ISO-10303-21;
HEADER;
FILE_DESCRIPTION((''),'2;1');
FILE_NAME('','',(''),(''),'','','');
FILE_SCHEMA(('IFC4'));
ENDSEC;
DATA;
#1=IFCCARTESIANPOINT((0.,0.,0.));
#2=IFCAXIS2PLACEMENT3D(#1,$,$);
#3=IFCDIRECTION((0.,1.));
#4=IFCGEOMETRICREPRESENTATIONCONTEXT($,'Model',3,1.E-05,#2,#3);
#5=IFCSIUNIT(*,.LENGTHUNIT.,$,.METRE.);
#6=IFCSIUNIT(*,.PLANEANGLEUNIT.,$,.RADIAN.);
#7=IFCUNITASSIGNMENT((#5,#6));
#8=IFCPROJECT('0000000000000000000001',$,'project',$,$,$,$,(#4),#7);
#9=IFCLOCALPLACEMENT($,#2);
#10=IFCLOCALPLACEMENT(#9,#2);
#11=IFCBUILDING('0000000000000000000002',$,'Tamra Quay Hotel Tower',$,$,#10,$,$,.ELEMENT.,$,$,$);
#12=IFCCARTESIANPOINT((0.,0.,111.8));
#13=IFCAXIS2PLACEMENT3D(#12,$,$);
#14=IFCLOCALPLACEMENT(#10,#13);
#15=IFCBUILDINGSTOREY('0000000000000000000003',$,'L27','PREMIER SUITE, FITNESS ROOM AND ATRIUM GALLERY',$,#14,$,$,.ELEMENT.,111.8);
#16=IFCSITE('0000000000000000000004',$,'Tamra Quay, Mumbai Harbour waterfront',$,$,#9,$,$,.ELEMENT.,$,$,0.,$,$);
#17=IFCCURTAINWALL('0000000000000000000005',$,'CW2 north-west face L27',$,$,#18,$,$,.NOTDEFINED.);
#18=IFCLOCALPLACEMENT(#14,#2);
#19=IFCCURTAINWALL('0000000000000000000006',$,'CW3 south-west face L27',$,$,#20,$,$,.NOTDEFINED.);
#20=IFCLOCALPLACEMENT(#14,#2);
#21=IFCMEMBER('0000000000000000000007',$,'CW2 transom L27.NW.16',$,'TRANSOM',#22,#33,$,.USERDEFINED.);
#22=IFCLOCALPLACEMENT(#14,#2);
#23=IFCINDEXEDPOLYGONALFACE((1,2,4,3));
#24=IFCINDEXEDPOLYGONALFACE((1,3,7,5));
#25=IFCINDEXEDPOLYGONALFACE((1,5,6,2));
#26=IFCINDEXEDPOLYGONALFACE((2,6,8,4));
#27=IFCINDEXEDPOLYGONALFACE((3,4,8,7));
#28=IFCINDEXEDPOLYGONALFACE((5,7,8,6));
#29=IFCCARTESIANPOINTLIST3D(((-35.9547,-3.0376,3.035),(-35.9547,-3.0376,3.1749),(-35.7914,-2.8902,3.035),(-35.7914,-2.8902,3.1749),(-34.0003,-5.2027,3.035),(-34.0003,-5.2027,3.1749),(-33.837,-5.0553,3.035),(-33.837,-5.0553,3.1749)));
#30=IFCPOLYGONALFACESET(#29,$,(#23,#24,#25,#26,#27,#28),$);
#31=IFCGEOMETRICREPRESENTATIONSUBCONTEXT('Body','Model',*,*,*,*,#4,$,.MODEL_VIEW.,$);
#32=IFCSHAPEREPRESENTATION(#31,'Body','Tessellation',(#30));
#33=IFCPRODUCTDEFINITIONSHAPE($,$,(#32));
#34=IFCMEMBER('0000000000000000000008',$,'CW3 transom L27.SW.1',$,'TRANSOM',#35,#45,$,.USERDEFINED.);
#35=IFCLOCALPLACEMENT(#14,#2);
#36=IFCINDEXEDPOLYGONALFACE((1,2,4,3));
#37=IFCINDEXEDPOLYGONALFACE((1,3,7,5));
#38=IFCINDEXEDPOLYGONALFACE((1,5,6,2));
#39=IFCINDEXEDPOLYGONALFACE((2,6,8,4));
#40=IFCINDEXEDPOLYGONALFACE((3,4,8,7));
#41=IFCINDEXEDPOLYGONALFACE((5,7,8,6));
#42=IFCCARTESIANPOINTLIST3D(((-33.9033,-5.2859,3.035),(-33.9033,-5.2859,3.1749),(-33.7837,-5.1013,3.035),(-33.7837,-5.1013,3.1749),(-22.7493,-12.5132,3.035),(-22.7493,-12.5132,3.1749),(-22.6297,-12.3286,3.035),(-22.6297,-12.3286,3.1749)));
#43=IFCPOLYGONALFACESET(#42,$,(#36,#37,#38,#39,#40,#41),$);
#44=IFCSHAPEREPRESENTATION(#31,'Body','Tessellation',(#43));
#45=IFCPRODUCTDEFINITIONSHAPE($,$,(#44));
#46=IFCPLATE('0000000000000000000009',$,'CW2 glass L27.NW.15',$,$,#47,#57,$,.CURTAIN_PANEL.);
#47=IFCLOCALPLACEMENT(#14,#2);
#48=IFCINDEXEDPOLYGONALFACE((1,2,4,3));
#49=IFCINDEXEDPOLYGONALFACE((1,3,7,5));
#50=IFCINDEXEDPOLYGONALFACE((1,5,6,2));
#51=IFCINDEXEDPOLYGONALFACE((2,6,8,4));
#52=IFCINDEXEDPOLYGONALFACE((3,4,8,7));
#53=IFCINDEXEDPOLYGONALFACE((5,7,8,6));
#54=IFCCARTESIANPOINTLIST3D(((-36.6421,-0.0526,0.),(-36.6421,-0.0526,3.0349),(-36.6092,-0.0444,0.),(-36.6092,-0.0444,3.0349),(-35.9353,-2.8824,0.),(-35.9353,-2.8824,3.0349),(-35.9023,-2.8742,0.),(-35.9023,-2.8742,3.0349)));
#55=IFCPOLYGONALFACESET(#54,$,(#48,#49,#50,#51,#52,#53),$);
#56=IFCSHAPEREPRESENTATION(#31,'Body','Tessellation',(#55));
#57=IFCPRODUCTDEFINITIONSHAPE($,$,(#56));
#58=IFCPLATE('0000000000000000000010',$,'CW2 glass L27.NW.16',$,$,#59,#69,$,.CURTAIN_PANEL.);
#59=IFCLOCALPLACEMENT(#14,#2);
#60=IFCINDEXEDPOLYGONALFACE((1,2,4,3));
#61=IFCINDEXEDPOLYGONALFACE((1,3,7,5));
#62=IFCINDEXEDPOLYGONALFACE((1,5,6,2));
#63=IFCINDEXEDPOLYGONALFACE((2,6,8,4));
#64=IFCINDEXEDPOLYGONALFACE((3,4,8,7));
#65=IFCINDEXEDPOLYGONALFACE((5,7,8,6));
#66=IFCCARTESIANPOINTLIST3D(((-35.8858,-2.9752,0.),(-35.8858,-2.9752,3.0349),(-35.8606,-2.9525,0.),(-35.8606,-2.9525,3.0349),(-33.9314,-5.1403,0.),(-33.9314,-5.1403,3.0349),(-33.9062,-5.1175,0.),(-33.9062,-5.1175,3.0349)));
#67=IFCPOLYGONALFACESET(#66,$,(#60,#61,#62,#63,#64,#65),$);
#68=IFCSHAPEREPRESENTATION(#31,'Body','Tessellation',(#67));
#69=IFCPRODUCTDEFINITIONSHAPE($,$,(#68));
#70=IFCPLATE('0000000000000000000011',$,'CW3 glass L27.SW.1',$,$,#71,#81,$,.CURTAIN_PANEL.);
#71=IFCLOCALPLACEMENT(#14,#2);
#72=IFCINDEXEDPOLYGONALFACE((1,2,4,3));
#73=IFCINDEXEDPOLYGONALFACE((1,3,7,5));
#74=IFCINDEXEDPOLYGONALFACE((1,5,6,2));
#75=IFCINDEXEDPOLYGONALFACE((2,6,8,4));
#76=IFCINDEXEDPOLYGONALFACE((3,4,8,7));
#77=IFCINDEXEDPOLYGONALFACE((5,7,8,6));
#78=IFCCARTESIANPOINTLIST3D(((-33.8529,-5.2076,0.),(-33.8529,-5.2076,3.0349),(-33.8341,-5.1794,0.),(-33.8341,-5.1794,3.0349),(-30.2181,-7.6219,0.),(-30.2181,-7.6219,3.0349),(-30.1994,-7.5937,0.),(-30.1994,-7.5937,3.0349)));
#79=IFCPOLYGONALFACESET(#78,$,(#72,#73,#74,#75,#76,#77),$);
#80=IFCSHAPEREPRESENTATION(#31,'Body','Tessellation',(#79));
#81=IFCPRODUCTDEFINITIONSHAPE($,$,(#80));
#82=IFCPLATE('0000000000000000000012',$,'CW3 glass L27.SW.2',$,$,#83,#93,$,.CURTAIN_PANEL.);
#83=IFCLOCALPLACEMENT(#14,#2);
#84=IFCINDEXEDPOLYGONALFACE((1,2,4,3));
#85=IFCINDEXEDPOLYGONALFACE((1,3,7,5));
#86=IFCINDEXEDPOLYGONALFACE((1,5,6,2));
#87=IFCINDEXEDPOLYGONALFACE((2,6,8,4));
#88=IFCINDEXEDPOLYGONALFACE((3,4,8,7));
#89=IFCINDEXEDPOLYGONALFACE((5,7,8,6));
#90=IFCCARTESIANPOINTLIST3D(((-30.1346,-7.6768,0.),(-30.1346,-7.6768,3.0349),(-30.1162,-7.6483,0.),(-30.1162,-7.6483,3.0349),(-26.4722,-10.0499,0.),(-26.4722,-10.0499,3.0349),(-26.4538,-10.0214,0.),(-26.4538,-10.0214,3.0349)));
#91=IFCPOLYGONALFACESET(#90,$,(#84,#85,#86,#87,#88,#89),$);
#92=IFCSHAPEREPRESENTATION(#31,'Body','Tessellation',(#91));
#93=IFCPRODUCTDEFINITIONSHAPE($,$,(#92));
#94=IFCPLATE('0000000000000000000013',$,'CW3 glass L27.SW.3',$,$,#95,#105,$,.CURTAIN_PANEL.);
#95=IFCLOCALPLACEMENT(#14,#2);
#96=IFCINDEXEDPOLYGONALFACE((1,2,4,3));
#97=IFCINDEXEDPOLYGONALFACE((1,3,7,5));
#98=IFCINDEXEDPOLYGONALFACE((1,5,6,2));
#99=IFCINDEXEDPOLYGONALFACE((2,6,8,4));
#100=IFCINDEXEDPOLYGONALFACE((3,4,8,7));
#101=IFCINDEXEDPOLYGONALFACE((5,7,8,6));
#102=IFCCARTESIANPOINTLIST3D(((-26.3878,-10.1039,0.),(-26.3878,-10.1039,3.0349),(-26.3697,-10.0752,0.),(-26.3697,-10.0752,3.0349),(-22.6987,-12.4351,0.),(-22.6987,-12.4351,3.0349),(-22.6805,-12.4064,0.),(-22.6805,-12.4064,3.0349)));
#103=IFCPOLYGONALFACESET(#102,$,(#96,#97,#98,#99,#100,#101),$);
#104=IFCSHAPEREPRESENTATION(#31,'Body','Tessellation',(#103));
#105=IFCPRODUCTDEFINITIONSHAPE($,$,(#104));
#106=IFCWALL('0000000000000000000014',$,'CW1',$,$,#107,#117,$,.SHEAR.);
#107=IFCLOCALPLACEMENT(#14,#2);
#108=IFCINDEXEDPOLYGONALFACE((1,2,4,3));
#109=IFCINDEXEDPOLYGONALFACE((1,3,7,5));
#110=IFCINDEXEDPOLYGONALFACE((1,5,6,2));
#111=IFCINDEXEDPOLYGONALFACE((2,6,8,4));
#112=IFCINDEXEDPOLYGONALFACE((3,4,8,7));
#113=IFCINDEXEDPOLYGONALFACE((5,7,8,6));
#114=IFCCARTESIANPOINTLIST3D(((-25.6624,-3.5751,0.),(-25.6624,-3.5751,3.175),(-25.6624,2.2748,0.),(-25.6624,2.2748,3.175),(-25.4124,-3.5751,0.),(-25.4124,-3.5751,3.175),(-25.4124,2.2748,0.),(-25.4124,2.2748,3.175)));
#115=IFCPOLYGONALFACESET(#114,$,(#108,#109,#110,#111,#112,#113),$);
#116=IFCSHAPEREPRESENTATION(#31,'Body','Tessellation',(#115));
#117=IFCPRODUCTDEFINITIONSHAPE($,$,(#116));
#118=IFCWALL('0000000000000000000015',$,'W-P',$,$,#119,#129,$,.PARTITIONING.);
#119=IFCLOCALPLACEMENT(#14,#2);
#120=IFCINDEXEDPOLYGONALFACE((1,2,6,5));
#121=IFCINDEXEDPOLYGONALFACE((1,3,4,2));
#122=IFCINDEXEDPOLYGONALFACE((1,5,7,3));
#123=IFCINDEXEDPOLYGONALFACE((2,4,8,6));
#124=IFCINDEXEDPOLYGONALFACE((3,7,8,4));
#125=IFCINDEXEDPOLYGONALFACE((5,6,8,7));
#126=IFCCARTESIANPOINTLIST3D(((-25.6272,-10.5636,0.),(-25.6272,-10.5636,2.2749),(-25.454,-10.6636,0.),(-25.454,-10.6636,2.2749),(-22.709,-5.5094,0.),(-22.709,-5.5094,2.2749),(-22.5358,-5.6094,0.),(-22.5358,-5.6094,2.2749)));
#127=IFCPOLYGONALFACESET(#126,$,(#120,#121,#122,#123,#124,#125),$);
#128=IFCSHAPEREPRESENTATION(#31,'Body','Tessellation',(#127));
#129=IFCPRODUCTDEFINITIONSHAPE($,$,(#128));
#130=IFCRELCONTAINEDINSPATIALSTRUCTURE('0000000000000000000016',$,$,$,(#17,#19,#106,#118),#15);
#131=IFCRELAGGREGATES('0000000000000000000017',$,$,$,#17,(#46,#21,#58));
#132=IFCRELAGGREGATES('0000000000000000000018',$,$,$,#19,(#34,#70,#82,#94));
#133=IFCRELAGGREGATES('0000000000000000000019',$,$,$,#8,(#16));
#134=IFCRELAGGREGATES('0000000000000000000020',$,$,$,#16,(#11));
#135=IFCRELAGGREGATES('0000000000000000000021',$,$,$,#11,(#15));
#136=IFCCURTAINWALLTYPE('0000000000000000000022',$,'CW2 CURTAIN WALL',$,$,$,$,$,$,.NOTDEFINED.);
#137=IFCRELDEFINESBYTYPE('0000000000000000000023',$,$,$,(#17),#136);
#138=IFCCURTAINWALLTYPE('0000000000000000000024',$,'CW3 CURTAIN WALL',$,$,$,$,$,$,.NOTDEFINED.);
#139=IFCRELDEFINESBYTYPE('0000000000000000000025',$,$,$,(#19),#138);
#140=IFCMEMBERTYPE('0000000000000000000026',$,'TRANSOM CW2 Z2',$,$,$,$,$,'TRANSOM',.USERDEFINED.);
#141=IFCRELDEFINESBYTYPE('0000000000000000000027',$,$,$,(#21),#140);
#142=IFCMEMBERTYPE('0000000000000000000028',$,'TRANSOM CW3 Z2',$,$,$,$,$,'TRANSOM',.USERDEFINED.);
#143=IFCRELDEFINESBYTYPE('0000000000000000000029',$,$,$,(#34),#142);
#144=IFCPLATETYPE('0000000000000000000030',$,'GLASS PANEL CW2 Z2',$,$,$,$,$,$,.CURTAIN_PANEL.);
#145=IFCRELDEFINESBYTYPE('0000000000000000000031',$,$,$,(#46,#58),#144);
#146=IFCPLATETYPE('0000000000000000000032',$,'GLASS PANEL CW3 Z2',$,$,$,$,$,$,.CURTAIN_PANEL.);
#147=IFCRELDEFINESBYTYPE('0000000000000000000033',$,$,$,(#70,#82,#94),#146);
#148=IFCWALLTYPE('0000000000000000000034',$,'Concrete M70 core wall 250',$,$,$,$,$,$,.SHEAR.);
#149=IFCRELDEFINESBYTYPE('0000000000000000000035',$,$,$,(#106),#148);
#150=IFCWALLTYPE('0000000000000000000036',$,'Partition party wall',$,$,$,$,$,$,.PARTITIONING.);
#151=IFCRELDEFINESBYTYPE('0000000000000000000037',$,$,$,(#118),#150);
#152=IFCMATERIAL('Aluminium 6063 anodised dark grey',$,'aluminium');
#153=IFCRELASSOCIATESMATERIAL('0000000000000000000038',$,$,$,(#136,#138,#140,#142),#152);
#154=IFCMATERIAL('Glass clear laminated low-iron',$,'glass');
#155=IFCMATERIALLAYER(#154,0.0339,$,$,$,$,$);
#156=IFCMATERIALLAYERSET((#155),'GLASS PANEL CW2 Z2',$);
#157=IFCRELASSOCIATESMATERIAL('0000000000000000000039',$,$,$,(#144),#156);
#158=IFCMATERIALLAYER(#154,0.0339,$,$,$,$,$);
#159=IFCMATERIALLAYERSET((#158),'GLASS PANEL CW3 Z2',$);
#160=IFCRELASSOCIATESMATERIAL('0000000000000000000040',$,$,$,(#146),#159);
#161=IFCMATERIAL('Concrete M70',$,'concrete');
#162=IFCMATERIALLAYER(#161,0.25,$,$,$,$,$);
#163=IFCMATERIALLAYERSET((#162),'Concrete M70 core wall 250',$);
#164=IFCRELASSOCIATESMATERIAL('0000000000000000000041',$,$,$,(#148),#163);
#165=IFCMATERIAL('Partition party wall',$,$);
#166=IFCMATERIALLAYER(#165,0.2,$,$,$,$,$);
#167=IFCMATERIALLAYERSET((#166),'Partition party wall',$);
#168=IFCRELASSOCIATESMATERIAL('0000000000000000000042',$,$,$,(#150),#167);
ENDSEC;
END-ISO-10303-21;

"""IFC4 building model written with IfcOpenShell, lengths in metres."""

from ifc_helpers import new_model, si_unit, direction, frame, frame_2d, origin, origin_2d, place, context, subcontext, project, spatial, rectangle, extrude, material, layer, layer_set, material_profile, profile_set, type_object, element, aggregate, save


model = new_model("IFC4")

# Units and contexts
model_context = context("Model", 3, precision=1e-05, world=origin(), true_north=direction((0.0, 1.0)))
body_context = subcontext(model_context, "Body", "Model", "MODEL_VIEW")
ifc_project = project(units=[si_unit("LENGTHUNIT", "METRE"), si_unit("PLANEANGLEUNIT", "RADIAN")], contexts=[model_context])

# Site, building, storey
site_placement = place(None, origin())
site = spatial("IfcSite", under=ifc_project, at=site_placement, Name="Tamra Quay, Mumbai Harbour waterfront", CompositionType="ELEMENT", RefElevation=0.0)
building_placement = place(site_placement, origin())
building = spatial("IfcBuilding", under=site, at=building_placement, Name="Tamra Quay Hotel Tower", CompositionType="ELEMENT")
storey_placement = place(building_placement, frame((0.0, 0.0, 111.8)))
storey = spatial("IfcBuildingStorey", under=building, at=storey_placement, Name="L27", Description="PREMIER SUITE, FITNESS ROOM AND ATRIUM GALLERY", CompositionType="ELEMENT", Elevation=111.8)

# Shared definitions
ifc_material_1 = material(Name="Concrete M70", Category="concrete")

# Curtain walls
ifc_material_2 = material(Name="Aluminium 6063 anodised dark grey", Category="aluminium")
curtain_wall_type_1 = type_object("IfcCurtainWallType", Name="CW2 CURTAIN WALL", PredefinedType="NOTDEFINED", material=ifc_material_2)
curtain_wall_1_placement = place(storey_placement, origin())
curtain_wall_1 = element("IfcCurtainWall", 1, at=curtain_wall_1_placement, inside=storey, type_object=curtain_wall_type_1, Name="CW2 north-west face L27", PredefinedType="NOTDEFINED")
curtain_wall_type_2 = type_object("IfcCurtainWallType", Name="CW3 CURTAIN WALL", PredefinedType="NOTDEFINED", material=ifc_material_2)
curtain_wall_2_placement = place(storey_placement, origin())
curtain_wall_2 = element("IfcCurtainWall", 2, at=curtain_wall_2_placement, inside=storey, type_object=curtain_wall_type_2, Name="CW3 south-west face L27", PredefinedType="NOTDEFINED")

# Members
ifc_material_profile_1 = material_profile(ifc_material_2, rectangle(XDim=0.22, YDim=0.1399, at=origin_2d()), Name="TRANSOM 220X140")
ifc_profile_set_1 = profile_set([ifc_material_profile_1], Name="Aluminium 6063 anodised dark grey")
member_type_1 = type_object("IfcMemberType", Name="TRANSOM CW2 Z2", ElementType="TRANSOM", PredefinedType="USERDEFINED", material=ifc_profile_set_1)
member_1_placement = place(storey_placement, frame((-35.873, -2.9639, 3.105), z_axis=(0.670065, -0.742303, 0.0), x_axis=(0.742303, 0.670065, 0.0)))
member_1 = element("IfcMember", 3, at=member_1_placement, type_object=member_type_1, Name="CW2 transom L27.NW.16", ObjectType="TRANSOM", PredefinedType="USERDEFINED", context=body_context, shape_type="SweptSolid", body=[
    extrude(rectangle(XDim=0.22, YDim=0.1399, at=origin_2d()), origin(), (0.0, 0.0, 1.0), 2.9167),
])
ifc_material_profile_2 = material_profile(ifc_material_2, rectangle(XDim=0.22, YDim=0.1399, at=origin_2d()), Name="TRANSOM 220X140")
ifc_profile_set_2 = profile_set([ifc_material_profile_2], Name="Aluminium 6063 anodised dark grey")
member_type_2 = type_object("IfcMemberType", Name="TRANSOM CW3 Z2", ElementType="TRANSOM", PredefinedType="USERDEFINED", material=ifc_profile_set_2)
member_2_placement = place(storey_placement, frame((-33.8435, -5.1936, 3.105), z_axis=(0.839228, -0.54378, 0.0), x_axis=(0.54378, 0.839228, 0.0)))
member_2 = element("IfcMember", 4, at=member_2_placement, type_object=member_type_2, Name="CW3 transom L27.SW.1", ObjectType="TRANSOM", PredefinedType="USERDEFINED", context=body_context, shape_type="SweptSolid", body=[
    extrude(rectangle(XDim=0.22, YDim=0.1399, at=origin_2d()), origin(), (0.0, 0.0, 1.0), 13.2908),
])

# Plates
ifc_material_3 = material(Name="Glass clear laminated low-iron", Category="glass")
ifc_layer_1 = layer(ifc_material_3, 0.0339)
ifc_layer_set_1 = layer_set([ifc_layer_1], Name="GLASS PANEL CW2 Z2")
plate_type_1 = type_object("IfcPlateType", Name="GLASS PANEL CW2 Z2", PredefinedType="CURTAIN_PANEL", material=ifc_layer_set_1)
plate_1_placement = place(storey_placement, frame((-36.2722, -1.4634, 0.0), z_axis=(0.0, 0.0, 1.0), x_axis=(0.242339, -0.970192, 0.0)))
plate_1 = element("IfcPlate", 5, at=plate_1_placement, type_object=plate_type_1, Name="CW2 glass L27.NW.15", PredefinedType="CURTAIN_PANEL", context=body_context, shape_type="SweptSolid", body=[
    extrude(rectangle(XDim=2.9167, YDim=0.0339, at=origin_2d()), origin(), (0.0, 0.0, 1.0), 3.0349),
])
plate_2_placement = place(storey_placement, frame((-34.896, -4.0464, 0.0), z_axis=(0.0, 0.0, 1.0), x_axis=(0.670088, -0.742282, 0.0)))
plate_2 = element("IfcPlate", 6, at=plate_2_placement, type_object=plate_type_1, Name="CW2 glass L27.NW.16", PredefinedType="CURTAIN_PANEL", context=body_context, shape_type="SweptSolid", body=[
    extrude(rectangle(XDim=2.9167, YDim=0.0339, at=origin_2d()), origin(), (0.0, 0.0, 1.0), 3.0349),
])
aggregate(curtain_wall_1, [plate_1, member_1, plate_2])
ifc_layer_2 = layer(ifc_material_3, 0.0339)
ifc_layer_set_2 = layer_set([ifc_layer_2], Name="GLASS PANEL CW3 Z2")
plate_type_2 = type_object("IfcPlateType", Name="GLASS PANEL CW3 Z2", PredefinedType="CURTAIN_PANEL", material=ifc_layer_set_2)
plate_3_placement = place(storey_placement, frame((-32.0261, -6.4006, 0.0), z_axis=(0.0, 0.0, 1.0), x_axis=(0.832988, -0.553291, 0.0)))
plate_3 = element("IfcPlate", 7, at=plate_3_placement, type_object=plate_type_2, Name="CW3 glass L27.SW.1", PredefinedType="CURTAIN_PANEL", context=body_context, shape_type="SweptSolid", body=[
    extrude(rectangle(XDim=4.3635, YDim=0.0339, at=origin_2d()), origin(), (0.0, 0.0, 1.0), 3.0349),
])
plate_4_placement = place(storey_placement, frame((-28.2942, -8.8491, 0.0), z_axis=(0.0, 0.0, 1.0), x_axis=(0.839224, -0.543786, 0.0)))
plate_4 = element("IfcPlate", 8, at=plate_4_placement, type_object=plate_type_2, Name="CW3 glass L27.SW.2", PredefinedType="CURTAIN_PANEL", context=body_context, shape_type="SweptSolid", body=[
    extrude(rectangle(XDim=4.364, YDim=0.0339, at=origin_2d()), origin(), (0.0, 0.0, 1.0), 3.0349),
])
plate_5_placement = place(storey_placement, frame((-24.5342, -11.2551, 0.0), z_axis=(0.0, 0.0, 1.0), x_axis=(0.845362, -0.534193, 0.0)))
plate_5 = element("IfcPlate", 9, at=plate_5_placement, type_object=plate_type_2, Name="CW3 glass L27.SW.3", PredefinedType="CURTAIN_PANEL", context=body_context, shape_type="SweptSolid", body=[
    extrude(rectangle(XDim=4.364, YDim=0.0339, at=origin_2d()), origin(), (0.0, 0.0, 1.0), 3.0349),
])
aggregate(curtain_wall_2, [member_2, plate_3, plate_4, plate_5])

# Walls
ifc_layer_3 = layer(ifc_material_1, 0.25)
ifc_layer_set_3 = layer_set([ifc_layer_3], Name="Concrete M70 core wall 250")
wall_type_1 = type_object("IfcWallType", Name="Concrete M70 core wall 250", PredefinedType="SHEAR", material=ifc_layer_set_3)
wall_1_placement = place(storey_placement, frame((-25.5374, -3.575, 0.0), z_axis=(0.0, 0.0, 1.0), x_axis=(0.0, 1.0, 0.0)))
element("IfcWall", 10, at=wall_1_placement, inside=storey, type_object=wall_type_1, Name="CW1", PredefinedType="SHEAR", context=body_context, shape_type="SweptSolid", body=[
    extrude(rectangle(XDim=5.8499, YDim=0.25, at=frame_2d((2.9248, 0.0))), origin(), (0.0, 0.0, 1.0), 3.175),
])
ifc_material_4 = material(Name="Partition party wall")
ifc_layer_4 = layer(ifc_material_4, 0.2)
ifc_layer_set_4 = layer_set([ifc_layer_4], Name="Partition party wall")
wall_type_2 = type_object("IfcWallType", Name="Partition party wall", PredefinedType="PARTITIONING", material=ifc_layer_set_4)
wall_2_placement = place(storey_placement, frame((-25.5405, -10.6135, 0.0), z_axis=(0.0, 0.0, 1.0), x_axis=(0.500022, 0.866013, 0.0)))
element("IfcWall", 11, at=wall_2_placement, inside=storey, type_object=wall_type_2, Name="W-P", PredefinedType="PARTITIONING", context=body_context, shape_type="SweptSolid", body=[
    extrude(rectangle(XDim=5.8362, YDim=0.2, at=frame_2d((2.918, 0.0))), origin(), (0.0, 0.0, 1.0), 2.2749),
])

save(model, "model.ifc")
